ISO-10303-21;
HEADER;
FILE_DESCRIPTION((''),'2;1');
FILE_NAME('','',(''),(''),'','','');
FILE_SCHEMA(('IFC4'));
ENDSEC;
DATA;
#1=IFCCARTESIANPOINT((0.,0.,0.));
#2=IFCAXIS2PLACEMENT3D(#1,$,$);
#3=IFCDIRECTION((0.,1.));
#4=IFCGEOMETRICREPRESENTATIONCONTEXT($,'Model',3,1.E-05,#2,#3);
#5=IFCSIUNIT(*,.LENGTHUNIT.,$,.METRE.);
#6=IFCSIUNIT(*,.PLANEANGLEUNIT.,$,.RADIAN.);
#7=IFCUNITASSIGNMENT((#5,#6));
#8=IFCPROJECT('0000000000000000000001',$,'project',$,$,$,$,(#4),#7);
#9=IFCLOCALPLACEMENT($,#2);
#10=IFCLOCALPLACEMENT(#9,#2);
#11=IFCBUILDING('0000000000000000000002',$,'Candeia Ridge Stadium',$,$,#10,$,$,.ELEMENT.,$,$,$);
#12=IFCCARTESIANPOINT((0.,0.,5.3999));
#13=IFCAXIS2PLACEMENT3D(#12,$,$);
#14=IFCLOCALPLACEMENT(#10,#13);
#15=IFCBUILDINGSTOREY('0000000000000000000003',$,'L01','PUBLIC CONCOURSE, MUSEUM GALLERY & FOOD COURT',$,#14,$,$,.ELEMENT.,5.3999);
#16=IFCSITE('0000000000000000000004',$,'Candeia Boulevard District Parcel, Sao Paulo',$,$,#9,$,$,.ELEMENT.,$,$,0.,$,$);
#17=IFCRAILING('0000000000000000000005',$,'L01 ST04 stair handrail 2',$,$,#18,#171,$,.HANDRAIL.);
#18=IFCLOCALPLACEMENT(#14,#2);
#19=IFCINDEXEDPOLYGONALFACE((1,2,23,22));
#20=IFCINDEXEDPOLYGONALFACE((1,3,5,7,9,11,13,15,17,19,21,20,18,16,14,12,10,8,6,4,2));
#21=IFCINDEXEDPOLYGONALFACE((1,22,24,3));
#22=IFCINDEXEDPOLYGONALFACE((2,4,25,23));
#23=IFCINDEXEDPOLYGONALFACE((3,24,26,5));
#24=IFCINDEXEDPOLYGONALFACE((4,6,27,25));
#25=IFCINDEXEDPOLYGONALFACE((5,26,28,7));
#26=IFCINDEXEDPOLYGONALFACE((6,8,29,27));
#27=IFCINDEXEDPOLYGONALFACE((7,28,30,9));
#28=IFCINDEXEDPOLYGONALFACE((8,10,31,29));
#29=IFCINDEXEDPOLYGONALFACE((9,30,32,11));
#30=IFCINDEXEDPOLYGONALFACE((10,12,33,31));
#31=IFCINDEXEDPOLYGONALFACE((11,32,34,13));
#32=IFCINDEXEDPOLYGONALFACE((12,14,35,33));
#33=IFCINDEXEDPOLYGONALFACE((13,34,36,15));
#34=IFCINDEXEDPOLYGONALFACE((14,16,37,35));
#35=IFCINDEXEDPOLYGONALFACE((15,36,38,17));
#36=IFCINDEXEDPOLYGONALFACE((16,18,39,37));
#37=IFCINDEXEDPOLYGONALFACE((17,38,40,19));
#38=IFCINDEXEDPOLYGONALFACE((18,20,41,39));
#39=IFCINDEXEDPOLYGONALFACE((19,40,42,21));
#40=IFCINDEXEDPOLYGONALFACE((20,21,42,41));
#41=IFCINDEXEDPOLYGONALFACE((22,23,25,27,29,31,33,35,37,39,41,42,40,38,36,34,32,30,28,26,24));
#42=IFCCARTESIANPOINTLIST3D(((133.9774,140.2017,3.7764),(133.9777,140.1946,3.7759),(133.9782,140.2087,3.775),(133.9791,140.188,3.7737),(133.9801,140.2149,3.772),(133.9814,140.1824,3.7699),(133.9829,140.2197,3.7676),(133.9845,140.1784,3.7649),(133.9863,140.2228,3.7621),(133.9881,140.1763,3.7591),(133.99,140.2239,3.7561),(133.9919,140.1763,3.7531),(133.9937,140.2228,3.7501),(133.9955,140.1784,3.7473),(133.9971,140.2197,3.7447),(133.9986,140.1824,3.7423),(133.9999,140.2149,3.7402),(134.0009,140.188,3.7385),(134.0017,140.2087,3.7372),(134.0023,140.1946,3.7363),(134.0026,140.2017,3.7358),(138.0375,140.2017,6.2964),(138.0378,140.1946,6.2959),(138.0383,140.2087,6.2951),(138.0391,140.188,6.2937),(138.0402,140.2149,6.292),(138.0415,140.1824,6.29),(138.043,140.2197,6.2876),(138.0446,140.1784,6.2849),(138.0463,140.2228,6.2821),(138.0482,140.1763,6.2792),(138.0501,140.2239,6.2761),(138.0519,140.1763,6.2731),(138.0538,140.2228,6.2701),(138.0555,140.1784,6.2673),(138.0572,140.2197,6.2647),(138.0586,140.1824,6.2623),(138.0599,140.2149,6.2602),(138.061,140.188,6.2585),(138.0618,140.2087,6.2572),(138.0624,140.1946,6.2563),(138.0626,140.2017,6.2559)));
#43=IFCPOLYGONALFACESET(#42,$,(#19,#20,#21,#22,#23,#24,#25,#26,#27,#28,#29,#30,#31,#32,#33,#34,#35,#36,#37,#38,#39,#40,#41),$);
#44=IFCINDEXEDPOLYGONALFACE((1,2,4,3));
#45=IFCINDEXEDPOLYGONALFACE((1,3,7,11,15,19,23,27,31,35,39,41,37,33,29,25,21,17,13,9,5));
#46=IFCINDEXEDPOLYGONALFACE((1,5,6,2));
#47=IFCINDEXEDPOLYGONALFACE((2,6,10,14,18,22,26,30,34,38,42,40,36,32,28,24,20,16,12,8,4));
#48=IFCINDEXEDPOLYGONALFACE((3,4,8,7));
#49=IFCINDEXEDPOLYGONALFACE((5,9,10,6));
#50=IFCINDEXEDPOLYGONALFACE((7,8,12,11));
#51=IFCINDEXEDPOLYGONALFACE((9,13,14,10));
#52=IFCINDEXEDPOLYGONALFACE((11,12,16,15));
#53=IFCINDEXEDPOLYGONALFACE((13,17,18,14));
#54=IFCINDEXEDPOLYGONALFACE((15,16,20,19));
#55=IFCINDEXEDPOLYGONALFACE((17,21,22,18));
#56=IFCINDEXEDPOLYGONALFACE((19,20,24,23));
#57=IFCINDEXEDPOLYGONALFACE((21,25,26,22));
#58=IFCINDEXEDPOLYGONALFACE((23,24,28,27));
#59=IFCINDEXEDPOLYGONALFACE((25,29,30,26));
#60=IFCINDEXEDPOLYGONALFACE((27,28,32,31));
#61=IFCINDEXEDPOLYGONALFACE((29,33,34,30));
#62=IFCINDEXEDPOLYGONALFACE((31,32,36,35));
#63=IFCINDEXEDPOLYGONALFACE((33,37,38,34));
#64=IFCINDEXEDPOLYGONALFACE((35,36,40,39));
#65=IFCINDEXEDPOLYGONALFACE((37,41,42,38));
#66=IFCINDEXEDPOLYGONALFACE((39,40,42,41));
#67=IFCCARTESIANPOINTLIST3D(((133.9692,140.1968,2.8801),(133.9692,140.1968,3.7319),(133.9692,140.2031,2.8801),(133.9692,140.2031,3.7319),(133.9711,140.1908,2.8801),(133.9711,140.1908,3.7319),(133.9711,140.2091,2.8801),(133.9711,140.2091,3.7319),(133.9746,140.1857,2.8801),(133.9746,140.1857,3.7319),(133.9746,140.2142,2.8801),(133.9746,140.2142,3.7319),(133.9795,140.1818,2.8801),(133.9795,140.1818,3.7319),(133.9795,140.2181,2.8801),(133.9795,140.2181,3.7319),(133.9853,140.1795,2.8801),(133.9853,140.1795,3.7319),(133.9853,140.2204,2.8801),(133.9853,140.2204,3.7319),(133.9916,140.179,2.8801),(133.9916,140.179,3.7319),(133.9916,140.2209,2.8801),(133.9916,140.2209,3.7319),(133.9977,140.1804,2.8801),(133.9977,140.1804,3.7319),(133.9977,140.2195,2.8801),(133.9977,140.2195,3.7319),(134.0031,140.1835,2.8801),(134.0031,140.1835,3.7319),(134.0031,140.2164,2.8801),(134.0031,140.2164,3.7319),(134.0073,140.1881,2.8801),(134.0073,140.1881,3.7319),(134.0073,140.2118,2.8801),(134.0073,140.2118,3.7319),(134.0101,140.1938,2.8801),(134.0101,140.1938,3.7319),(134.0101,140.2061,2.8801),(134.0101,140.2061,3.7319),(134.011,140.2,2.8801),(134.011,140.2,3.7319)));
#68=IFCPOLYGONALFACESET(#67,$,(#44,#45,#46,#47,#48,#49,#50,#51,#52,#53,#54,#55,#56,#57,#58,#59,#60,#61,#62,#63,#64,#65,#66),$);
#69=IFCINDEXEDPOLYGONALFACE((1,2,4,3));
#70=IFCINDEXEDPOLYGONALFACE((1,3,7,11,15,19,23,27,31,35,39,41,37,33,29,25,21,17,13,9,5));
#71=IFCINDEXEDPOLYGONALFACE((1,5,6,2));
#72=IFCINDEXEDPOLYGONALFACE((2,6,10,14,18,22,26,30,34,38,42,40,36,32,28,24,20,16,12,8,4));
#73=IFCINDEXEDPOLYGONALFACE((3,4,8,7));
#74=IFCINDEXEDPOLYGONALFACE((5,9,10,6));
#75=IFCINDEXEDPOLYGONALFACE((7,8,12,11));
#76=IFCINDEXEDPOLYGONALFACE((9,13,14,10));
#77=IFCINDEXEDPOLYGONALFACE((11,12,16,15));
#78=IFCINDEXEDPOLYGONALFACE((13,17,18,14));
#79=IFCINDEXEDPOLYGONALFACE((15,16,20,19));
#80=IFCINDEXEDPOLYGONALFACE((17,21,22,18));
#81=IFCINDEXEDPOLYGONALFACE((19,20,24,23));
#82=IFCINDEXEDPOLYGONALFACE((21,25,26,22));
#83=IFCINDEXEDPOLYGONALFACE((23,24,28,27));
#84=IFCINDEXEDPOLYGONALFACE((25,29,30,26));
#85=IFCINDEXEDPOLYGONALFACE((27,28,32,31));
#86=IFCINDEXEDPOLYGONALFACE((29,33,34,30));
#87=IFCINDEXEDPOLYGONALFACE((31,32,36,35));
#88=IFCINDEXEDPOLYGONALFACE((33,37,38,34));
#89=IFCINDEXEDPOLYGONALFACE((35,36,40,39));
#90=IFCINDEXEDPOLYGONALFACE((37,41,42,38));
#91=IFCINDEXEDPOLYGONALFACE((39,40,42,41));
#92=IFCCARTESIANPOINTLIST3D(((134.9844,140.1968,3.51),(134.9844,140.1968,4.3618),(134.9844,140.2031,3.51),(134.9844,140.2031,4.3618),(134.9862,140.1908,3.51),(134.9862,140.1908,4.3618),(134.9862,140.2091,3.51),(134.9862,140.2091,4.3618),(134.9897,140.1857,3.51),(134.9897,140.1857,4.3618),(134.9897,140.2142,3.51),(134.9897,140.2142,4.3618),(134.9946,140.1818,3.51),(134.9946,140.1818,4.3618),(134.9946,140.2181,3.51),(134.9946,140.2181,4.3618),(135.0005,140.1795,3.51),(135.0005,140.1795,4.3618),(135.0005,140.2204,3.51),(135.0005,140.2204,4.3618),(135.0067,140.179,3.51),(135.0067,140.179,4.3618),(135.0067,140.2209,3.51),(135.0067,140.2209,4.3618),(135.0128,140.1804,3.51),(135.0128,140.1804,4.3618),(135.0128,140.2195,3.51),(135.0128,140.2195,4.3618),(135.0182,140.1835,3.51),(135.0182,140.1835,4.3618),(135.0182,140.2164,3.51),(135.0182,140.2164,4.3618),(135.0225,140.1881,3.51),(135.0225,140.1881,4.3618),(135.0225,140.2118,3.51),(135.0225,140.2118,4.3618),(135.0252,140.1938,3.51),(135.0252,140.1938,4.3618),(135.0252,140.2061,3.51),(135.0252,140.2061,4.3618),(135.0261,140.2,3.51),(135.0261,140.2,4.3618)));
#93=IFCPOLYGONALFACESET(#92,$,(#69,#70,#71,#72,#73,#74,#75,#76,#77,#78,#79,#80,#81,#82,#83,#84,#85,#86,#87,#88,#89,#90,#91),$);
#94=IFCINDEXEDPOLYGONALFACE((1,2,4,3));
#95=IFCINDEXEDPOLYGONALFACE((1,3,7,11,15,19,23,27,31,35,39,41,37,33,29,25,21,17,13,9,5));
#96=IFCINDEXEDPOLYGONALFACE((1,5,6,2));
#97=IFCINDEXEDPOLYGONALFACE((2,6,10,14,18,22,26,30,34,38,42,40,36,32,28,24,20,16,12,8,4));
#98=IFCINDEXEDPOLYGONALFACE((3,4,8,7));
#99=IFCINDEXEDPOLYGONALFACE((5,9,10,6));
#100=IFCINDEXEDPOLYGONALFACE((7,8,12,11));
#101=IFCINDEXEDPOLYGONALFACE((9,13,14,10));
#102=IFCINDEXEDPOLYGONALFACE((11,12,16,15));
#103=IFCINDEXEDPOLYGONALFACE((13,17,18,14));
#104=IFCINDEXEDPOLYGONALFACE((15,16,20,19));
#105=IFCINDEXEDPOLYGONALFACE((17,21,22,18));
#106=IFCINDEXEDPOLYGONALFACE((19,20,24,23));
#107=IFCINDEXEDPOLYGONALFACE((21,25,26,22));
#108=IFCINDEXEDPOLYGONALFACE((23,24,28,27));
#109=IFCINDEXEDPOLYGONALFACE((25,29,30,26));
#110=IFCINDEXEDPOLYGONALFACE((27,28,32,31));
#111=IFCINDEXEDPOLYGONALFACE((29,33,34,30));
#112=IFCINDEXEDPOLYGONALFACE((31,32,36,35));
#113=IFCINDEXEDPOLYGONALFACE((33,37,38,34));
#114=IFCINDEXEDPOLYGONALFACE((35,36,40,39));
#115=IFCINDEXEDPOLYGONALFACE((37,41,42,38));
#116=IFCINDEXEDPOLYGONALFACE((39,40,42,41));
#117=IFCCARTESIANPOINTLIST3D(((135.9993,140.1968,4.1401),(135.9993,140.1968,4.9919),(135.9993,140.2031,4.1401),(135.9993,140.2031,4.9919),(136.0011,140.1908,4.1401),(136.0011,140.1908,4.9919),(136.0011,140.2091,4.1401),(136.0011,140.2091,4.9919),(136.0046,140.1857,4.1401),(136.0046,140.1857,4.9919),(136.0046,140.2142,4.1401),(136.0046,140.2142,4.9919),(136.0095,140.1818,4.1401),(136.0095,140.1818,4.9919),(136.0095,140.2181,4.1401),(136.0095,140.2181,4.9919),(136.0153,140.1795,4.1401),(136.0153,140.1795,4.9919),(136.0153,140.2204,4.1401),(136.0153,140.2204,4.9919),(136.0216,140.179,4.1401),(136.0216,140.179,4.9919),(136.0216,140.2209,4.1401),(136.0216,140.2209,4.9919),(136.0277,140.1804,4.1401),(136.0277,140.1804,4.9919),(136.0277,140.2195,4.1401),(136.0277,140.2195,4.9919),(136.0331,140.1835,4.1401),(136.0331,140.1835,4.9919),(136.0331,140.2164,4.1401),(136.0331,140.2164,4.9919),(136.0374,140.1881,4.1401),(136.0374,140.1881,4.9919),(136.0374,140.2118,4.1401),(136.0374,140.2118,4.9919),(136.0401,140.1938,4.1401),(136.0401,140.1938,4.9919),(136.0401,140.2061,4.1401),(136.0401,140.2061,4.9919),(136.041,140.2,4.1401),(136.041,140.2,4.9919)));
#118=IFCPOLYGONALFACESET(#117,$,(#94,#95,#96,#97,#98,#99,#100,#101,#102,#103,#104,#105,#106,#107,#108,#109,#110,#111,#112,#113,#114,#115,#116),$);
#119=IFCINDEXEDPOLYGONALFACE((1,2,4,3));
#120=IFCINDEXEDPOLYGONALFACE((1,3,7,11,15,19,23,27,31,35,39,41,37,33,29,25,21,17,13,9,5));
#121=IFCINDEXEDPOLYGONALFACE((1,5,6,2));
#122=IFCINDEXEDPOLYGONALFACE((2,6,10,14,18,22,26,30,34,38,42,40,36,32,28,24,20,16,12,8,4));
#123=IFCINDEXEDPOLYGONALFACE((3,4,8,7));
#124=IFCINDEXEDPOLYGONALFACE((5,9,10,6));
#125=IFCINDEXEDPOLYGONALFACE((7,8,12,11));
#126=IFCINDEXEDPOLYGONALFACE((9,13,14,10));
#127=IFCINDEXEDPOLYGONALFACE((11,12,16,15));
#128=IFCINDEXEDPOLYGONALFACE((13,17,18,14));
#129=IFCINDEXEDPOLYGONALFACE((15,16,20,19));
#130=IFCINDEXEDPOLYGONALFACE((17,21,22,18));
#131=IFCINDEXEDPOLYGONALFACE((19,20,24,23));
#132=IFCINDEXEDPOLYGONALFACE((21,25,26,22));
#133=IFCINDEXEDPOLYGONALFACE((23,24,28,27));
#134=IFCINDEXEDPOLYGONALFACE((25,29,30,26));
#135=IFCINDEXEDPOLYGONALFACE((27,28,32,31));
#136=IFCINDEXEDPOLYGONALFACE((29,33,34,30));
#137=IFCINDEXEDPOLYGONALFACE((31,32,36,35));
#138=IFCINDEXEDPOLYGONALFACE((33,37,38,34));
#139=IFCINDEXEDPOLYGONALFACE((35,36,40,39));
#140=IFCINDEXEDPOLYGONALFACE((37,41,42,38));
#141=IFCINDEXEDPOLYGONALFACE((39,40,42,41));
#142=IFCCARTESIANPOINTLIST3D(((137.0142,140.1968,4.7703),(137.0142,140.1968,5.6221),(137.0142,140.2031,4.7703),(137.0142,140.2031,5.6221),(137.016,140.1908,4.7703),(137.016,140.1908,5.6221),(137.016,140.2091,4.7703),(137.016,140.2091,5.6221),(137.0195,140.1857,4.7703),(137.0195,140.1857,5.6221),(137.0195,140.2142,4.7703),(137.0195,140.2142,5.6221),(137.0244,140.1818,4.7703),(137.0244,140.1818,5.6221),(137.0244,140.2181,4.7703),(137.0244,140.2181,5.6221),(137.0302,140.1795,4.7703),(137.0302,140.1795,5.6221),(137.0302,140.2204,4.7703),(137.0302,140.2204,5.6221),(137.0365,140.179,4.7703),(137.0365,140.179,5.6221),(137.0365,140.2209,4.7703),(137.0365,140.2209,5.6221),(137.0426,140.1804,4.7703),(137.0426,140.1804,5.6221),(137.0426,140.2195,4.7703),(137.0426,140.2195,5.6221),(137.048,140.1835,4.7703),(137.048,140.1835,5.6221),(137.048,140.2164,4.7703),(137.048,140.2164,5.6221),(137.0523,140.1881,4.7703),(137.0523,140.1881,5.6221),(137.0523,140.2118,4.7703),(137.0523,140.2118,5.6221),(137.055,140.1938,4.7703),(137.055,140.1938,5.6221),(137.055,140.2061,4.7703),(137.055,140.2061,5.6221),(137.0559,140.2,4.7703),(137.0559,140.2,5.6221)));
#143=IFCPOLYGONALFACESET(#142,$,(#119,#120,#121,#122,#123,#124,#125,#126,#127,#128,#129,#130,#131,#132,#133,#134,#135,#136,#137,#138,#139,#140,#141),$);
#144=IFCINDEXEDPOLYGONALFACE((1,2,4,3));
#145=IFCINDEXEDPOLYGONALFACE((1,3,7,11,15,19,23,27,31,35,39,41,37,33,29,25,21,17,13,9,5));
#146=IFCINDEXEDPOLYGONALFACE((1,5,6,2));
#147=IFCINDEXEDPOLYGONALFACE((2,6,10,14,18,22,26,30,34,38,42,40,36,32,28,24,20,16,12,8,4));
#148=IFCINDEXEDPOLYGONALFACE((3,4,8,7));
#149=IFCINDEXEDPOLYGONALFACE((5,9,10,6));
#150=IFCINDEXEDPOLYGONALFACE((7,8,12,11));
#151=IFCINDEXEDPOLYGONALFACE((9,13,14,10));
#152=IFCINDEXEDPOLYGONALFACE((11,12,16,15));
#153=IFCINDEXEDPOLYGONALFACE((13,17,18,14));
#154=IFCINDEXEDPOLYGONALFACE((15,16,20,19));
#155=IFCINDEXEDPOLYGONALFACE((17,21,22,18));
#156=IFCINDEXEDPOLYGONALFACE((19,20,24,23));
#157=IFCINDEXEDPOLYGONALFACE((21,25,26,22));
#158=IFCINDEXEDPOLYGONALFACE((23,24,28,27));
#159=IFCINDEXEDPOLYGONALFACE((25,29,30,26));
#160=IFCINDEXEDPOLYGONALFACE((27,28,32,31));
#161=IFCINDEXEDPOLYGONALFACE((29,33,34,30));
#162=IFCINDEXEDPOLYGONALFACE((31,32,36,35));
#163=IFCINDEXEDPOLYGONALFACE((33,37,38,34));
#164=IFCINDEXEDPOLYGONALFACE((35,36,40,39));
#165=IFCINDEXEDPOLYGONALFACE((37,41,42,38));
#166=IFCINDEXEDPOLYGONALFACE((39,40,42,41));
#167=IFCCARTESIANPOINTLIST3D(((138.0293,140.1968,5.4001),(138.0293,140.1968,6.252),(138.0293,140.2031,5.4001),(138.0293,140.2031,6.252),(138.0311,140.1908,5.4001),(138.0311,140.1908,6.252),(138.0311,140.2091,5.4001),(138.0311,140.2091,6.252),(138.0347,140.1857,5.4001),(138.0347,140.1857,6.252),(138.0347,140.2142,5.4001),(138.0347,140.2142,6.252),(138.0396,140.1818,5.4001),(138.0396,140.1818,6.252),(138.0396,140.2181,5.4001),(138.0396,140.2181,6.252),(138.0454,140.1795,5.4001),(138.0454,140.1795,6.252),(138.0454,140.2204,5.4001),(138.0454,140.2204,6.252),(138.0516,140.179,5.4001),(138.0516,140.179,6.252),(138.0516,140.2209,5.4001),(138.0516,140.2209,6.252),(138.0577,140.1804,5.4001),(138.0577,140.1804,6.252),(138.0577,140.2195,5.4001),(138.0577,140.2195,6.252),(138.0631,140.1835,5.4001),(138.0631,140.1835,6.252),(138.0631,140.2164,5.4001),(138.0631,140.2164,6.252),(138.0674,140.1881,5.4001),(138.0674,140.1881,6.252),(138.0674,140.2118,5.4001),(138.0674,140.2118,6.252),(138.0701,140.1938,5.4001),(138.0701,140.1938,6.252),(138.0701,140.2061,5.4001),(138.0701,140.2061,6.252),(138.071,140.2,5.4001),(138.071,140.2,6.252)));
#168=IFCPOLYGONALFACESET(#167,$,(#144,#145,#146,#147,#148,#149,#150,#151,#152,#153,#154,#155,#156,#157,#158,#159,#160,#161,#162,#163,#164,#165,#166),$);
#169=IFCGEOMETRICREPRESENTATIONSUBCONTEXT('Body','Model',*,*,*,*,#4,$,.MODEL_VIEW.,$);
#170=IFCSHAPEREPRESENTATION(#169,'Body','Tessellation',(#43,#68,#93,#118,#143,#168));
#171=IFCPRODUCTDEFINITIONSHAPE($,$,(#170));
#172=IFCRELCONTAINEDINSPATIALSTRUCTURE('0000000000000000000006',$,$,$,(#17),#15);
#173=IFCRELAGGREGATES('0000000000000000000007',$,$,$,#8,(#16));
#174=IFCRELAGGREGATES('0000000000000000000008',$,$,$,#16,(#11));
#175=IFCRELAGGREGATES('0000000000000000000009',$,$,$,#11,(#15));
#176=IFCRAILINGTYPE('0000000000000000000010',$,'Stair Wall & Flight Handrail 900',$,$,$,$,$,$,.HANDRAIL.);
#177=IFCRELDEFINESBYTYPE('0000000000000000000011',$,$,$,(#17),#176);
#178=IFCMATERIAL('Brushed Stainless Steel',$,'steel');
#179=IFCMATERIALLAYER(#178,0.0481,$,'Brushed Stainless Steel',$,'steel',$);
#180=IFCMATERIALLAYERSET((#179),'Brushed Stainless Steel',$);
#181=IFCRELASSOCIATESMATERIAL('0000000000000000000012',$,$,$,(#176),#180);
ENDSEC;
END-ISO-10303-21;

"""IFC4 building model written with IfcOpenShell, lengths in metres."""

from ifc_helpers import new_model, si_unit, direction, frame, origin, origin_2d, place, context, subcontext, project, spatial, circle, extrude, material, layer, layer_set, type_object, element, save


model = new_model("IFC4")

# Units and contexts
model_context = context("Model", 3, precision=1e-05, world=origin(), true_north=direction((0.0, 1.0)))
body_context = subcontext(model_context, "Body", "Model", "MODEL_VIEW")
ifc_project = project(units=[si_unit("LENGTHUNIT", "METRE"), si_unit("PLANEANGLEUNIT", "RADIAN")], contexts=[model_context])

# Site, building, storey
site_placement = place(None, origin())
site = spatial("IfcSite", under=ifc_project, at=site_placement, Name="Candeia Boulevard District Parcel, Sao Paulo", CompositionType="ELEMENT", RefElevation=0.0)
building_placement = place(site_placement, origin())
building = spatial("IfcBuilding", under=site, at=building_placement, Name="Candeia Ridge Stadium", CompositionType="ELEMENT")
storey_placement = place(building_placement, frame((0.0, 0.0, 5.3999)))
storey = spatial("IfcBuildingStorey", under=building, at=storey_placement, Name="L01", Description="PUBLIC CONCOURSE, MUSEUM GALLERY & FOOD COURT", CompositionType="ELEMENT", Elevation=5.3999)

# Railing
ifc_material_1 = material(Name="Brushed Stainless Steel", Category="steel")
ifc_layer_1 = layer(ifc_material_1, 0.0481, Name="Brushed Stainless Steel", Category="steel")
ifc_layer_set_1 = layer_set([ifc_layer_1], Name="Brushed Stainless Steel")
railing_type_1 = type_object("IfcRailingType", Name="Stair Wall & Flight Handrail 900", PredefinedType="HANDRAIL", material=ifc_layer_set_1)
railing_1_placement = place(storey_placement, frame((133.99, 140.2, 2.8801)))
element("IfcRailing", 1, at=railing_1_placement, inside=storey, type_object=railing_type_1, Name="L01 ST04 stair handrail 2", PredefinedType="HANDRAIL", context=body_context, shape_type="SweptSolid", body=[
    extrude(circle(Radius=0.0239, at=origin_2d()), frame((0.0, 0.0, 0.876), z_axis=(0.849642, 0.0, 0.52736), x_axis=(0.0, 1.0, 0.0)), (0.0, 0.0, 1.0), 4.7786),
    extrude(circle(Radius=0.021, at=origin_2d()), origin(), (0.0, 0.0, 1.0), 0.8518),
    extrude(circle(Radius=0.021, at=origin_2d()), frame((1.0151, 0.0, 0.6299)), (0.0, 0.0, 1.0), 0.8518),
    extrude(circle(Radius=0.021, at=origin_2d()), frame((2.03, 0.0, 1.26)), (0.0, 0.0, 1.0), 0.8518),
    extrude(circle(Radius=0.021, at=origin_2d()), frame((3.0449, 0.0, 1.8901)), (0.0, 0.0, 1.0), 0.8518),
    extrude(circle(Radius=0.021, at=origin_2d()), frame((4.0601, 0.0, 2.52)), (0.0, 0.0, 1.0), 0.8518),
])

save(model, "model.ifc")
